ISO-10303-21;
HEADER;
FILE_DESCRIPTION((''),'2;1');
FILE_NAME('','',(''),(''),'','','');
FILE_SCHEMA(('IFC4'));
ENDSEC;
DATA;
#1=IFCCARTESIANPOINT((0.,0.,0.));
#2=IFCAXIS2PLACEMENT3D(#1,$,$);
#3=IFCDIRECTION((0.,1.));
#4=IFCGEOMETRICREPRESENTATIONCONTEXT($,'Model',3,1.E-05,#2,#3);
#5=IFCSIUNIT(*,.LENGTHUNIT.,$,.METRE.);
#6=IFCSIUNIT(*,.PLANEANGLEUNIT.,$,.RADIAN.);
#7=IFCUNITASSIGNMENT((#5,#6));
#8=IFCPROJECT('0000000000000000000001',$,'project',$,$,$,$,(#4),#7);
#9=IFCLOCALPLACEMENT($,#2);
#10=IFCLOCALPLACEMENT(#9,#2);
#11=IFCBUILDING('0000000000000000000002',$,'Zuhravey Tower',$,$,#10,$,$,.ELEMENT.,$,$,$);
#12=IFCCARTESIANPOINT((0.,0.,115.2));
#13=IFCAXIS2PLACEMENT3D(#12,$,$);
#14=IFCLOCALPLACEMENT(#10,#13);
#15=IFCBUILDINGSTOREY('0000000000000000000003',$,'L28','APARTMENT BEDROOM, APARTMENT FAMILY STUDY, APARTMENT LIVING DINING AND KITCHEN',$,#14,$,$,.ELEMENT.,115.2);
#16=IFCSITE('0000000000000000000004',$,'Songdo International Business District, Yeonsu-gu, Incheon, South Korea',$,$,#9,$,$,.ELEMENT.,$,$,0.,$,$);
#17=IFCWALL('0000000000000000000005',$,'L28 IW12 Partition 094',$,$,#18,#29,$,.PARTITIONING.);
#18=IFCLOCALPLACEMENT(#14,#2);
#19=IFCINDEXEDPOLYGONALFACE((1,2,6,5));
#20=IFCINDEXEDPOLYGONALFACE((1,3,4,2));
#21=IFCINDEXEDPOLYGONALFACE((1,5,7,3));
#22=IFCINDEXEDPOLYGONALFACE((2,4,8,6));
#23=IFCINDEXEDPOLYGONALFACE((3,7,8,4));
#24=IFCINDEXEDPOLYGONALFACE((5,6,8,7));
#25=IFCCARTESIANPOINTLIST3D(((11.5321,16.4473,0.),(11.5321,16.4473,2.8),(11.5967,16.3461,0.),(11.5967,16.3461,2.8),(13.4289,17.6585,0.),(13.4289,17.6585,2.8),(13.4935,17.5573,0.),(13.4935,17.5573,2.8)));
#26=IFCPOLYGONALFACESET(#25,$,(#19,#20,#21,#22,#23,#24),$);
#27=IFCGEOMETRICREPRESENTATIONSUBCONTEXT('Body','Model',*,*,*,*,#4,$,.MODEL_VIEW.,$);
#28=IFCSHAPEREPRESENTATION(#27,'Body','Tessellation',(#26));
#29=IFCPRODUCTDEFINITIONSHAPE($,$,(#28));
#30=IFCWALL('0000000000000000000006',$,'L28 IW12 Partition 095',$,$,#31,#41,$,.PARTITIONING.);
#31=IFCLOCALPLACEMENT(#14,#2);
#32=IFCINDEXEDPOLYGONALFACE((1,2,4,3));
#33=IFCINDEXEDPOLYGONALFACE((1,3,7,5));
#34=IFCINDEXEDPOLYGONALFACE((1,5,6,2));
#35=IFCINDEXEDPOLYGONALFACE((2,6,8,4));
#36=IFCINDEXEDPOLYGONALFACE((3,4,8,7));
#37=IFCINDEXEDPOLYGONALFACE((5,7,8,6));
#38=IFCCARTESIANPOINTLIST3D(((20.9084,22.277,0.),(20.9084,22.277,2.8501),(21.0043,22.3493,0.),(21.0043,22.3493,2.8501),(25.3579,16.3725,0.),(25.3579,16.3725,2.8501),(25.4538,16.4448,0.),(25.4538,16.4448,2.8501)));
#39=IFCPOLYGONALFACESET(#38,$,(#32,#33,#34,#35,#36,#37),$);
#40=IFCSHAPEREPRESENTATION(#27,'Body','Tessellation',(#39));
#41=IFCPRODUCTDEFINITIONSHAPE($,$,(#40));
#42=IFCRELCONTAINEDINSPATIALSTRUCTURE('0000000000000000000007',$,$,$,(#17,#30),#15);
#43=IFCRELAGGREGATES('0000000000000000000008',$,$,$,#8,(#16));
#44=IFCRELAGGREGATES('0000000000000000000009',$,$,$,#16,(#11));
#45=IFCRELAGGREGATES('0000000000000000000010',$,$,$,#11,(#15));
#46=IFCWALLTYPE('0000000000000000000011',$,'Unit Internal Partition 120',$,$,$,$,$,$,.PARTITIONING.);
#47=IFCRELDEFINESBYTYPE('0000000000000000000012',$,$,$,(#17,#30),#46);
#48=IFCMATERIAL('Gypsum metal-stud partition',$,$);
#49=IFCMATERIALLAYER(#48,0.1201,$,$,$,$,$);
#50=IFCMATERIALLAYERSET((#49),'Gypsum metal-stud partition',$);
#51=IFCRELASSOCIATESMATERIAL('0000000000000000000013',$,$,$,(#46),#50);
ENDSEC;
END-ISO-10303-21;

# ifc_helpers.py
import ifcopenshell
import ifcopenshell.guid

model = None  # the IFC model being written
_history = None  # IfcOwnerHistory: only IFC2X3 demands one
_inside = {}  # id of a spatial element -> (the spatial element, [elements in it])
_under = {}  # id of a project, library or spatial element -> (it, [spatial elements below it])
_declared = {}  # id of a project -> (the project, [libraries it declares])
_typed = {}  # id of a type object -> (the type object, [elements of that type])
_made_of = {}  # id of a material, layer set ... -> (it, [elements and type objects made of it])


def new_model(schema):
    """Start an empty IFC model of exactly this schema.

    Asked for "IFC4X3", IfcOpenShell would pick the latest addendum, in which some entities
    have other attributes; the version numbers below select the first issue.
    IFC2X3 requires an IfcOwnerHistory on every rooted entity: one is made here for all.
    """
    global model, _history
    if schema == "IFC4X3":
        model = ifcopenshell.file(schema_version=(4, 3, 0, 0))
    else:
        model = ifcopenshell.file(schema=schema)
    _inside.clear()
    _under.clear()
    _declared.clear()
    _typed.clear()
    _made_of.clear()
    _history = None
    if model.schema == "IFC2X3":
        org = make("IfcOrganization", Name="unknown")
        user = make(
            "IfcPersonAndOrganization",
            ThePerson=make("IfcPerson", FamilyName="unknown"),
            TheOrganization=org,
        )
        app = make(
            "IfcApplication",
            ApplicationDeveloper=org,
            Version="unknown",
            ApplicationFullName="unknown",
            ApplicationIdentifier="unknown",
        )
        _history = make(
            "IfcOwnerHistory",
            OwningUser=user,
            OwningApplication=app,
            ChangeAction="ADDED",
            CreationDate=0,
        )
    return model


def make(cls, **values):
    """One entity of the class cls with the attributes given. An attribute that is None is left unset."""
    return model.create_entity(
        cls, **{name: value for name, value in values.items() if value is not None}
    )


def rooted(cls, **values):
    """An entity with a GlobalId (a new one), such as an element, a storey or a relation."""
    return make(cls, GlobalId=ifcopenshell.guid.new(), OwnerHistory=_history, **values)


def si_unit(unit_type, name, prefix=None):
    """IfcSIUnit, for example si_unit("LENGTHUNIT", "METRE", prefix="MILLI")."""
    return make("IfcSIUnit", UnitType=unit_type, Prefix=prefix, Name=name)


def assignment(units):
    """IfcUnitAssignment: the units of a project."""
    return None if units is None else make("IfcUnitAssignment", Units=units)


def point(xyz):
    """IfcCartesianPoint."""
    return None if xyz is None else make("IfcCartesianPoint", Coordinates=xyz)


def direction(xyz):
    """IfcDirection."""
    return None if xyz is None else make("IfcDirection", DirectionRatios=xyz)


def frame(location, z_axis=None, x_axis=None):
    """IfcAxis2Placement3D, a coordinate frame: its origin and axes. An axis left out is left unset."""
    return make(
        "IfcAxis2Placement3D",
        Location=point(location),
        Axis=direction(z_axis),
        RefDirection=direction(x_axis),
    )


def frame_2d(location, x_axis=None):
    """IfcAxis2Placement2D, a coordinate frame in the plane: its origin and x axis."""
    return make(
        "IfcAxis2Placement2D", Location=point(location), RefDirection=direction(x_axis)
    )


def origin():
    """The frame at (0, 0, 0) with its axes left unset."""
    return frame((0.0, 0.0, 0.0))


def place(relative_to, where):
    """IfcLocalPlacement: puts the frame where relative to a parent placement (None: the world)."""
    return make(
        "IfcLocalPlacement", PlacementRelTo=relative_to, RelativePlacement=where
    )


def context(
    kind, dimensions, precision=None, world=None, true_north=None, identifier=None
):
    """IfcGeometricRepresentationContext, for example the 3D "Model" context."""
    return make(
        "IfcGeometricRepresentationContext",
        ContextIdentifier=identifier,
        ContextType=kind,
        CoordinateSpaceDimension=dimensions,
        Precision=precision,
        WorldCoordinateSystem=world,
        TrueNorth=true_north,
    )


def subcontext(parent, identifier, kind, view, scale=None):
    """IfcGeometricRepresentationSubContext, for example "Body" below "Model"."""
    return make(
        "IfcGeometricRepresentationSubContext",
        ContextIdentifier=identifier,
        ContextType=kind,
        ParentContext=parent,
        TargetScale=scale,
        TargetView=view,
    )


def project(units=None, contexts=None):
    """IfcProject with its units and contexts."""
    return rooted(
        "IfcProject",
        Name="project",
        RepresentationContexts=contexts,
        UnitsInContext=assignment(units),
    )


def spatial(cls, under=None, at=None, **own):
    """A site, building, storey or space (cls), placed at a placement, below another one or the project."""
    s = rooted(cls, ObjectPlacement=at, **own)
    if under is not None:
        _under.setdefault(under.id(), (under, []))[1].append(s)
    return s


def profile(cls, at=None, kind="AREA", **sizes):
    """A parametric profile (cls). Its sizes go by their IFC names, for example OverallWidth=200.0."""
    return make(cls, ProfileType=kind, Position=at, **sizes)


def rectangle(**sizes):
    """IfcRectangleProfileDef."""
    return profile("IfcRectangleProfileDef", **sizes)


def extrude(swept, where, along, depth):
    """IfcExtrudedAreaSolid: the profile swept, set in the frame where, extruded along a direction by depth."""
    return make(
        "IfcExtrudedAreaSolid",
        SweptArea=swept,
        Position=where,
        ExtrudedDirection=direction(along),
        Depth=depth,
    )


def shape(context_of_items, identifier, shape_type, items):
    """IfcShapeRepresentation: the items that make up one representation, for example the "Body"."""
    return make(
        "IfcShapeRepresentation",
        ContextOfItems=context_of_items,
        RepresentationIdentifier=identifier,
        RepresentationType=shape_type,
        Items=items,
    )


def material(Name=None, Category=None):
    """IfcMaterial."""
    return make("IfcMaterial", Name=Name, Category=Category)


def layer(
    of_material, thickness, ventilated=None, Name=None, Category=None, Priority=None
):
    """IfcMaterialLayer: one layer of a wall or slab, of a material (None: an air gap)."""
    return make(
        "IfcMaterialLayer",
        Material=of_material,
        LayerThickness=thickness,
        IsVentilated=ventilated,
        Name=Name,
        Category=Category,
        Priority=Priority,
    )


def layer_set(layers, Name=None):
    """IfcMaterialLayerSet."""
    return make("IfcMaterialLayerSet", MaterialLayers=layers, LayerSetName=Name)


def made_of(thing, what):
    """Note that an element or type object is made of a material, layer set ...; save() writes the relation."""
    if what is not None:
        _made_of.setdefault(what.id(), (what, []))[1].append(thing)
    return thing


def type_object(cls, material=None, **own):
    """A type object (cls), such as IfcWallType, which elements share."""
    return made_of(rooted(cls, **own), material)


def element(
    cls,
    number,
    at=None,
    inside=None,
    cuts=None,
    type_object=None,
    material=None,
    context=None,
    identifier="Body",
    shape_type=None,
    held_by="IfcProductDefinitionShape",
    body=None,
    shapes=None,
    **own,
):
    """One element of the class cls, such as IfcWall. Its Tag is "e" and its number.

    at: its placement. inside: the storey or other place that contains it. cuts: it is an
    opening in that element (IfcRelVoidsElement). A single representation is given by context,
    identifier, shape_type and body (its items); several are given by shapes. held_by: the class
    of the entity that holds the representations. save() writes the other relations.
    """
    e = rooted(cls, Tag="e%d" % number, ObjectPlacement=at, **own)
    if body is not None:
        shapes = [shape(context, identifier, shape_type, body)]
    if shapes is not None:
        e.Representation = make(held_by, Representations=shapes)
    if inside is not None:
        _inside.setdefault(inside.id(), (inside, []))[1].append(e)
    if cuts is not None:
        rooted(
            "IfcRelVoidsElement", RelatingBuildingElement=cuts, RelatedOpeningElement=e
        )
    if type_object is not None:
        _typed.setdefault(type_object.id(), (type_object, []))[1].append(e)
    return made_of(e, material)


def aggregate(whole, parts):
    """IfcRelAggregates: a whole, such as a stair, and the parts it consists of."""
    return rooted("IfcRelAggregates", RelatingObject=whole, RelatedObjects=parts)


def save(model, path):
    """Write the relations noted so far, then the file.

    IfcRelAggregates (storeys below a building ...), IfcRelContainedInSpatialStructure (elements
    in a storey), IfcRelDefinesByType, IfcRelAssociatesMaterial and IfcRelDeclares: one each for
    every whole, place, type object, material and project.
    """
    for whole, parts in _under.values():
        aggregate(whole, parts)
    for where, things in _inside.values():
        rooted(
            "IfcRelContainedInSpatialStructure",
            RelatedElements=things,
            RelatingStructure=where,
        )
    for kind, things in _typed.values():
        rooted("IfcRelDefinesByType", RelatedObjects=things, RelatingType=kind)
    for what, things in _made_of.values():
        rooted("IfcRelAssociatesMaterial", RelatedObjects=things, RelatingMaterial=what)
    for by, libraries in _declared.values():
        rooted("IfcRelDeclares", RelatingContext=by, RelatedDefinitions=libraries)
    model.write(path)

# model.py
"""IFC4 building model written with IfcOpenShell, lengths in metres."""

from ifc_helpers import new_model, si_unit, direction, frame, frame_2d, origin, place, context, subcontext, project, spatial, rectangle, extrude, material, layer, layer_set, type_object, element, save


model = new_model("IFC4")

# Units and contexts
model_context = context("Model", 3, precision=1e-05, world=origin(), true_north=direction((0.0, 1.0)))
body_context = subcontext(model_context, "Body", "Model", "MODEL_VIEW")
ifc_project = project(units=[si_unit("LENGTHUNIT", "METRE"), si_unit("PLANEANGLEUNIT", "RADIAN")], contexts=[model_context])

# Site, building, storey
site_placement = place(None, origin())
site = spatial("IfcSite", under=ifc_project, at=site_placement, Name="Songdo International Business District, Yeonsu-gu, Incheon, South Korea", CompositionType="ELEMENT", RefElevation=0.0)
building_placement = place(site_placement, origin())
building = spatial("IfcBuilding", under=site, at=building_placement, Name="Zuhravey Tower", CompositionType="ELEMENT")
storey_placement = place(building_placement, frame((0.0, 0.0, 115.2)))
storey = spatial("IfcBuildingStorey", under=building, at=storey_placement, Name="L28", Description="APARTMENT BEDROOM, APARTMENT FAMILY STUDY, APARTMENT LIVING DINING AND KITCHEN", CompositionType="ELEMENT", Elevation=115.2)

# Shared definitions
ifc_material_1 = material(Name="Gypsum metal-stud partition")
ifc_layer_1 = layer(ifc_material_1, 0.1201)
ifc_layer_set_1 = layer_set([ifc_layer_1], Name="Gypsum metal-stud partition")
wall_type_1 = type_object("IfcWallType", Name="Unit Internal Partition 120", PredefinedType="PARTITIONING", material=ifc_layer_set_1)

# Walls
wall_1_placement = place(storey_placement, frame((13.4612, 17.6079, 0.0), z_axis=(0.0, 0.0, 1.0), x_axis=(-0.842821, -0.538195, 0.0)))
element("IfcWall", 1, at=wall_1_placement, inside=storey, type_object=wall_type_1, Name="L28 IW12 Partition 094", PredefinedType="PARTITIONING", context=body_context, shape_type="SweptSolid", body=[
    extrude(rectangle(XDim=2.2505, YDim=0.1201, at=frame_2d((1.1252, 0.0))), origin(), (0.0, 0.0, 1.0), 2.8),
])
wall_2_placement = place(storey_placement, frame((20.9563, 22.3132, 0.0), z_axis=(0.0, 0.0, 1.0), x_axis=(0.601821, -0.798631, 0.0)))
element("IfcWall", 2, at=wall_2_placement, inside=storey, type_object=wall_type_1, Name="L28 IW12 Partition 095", PredefinedType="PARTITIONING", context=body_context, shape_type="SweptSolid", body=[
    extrude(rectangle(XDim=7.3933, YDim=0.1201, at=frame_2d((3.6968, 0.0))), origin(), (0.0, 0.0, 1.0), 2.8501),
])

save(model, "model.ifc")
